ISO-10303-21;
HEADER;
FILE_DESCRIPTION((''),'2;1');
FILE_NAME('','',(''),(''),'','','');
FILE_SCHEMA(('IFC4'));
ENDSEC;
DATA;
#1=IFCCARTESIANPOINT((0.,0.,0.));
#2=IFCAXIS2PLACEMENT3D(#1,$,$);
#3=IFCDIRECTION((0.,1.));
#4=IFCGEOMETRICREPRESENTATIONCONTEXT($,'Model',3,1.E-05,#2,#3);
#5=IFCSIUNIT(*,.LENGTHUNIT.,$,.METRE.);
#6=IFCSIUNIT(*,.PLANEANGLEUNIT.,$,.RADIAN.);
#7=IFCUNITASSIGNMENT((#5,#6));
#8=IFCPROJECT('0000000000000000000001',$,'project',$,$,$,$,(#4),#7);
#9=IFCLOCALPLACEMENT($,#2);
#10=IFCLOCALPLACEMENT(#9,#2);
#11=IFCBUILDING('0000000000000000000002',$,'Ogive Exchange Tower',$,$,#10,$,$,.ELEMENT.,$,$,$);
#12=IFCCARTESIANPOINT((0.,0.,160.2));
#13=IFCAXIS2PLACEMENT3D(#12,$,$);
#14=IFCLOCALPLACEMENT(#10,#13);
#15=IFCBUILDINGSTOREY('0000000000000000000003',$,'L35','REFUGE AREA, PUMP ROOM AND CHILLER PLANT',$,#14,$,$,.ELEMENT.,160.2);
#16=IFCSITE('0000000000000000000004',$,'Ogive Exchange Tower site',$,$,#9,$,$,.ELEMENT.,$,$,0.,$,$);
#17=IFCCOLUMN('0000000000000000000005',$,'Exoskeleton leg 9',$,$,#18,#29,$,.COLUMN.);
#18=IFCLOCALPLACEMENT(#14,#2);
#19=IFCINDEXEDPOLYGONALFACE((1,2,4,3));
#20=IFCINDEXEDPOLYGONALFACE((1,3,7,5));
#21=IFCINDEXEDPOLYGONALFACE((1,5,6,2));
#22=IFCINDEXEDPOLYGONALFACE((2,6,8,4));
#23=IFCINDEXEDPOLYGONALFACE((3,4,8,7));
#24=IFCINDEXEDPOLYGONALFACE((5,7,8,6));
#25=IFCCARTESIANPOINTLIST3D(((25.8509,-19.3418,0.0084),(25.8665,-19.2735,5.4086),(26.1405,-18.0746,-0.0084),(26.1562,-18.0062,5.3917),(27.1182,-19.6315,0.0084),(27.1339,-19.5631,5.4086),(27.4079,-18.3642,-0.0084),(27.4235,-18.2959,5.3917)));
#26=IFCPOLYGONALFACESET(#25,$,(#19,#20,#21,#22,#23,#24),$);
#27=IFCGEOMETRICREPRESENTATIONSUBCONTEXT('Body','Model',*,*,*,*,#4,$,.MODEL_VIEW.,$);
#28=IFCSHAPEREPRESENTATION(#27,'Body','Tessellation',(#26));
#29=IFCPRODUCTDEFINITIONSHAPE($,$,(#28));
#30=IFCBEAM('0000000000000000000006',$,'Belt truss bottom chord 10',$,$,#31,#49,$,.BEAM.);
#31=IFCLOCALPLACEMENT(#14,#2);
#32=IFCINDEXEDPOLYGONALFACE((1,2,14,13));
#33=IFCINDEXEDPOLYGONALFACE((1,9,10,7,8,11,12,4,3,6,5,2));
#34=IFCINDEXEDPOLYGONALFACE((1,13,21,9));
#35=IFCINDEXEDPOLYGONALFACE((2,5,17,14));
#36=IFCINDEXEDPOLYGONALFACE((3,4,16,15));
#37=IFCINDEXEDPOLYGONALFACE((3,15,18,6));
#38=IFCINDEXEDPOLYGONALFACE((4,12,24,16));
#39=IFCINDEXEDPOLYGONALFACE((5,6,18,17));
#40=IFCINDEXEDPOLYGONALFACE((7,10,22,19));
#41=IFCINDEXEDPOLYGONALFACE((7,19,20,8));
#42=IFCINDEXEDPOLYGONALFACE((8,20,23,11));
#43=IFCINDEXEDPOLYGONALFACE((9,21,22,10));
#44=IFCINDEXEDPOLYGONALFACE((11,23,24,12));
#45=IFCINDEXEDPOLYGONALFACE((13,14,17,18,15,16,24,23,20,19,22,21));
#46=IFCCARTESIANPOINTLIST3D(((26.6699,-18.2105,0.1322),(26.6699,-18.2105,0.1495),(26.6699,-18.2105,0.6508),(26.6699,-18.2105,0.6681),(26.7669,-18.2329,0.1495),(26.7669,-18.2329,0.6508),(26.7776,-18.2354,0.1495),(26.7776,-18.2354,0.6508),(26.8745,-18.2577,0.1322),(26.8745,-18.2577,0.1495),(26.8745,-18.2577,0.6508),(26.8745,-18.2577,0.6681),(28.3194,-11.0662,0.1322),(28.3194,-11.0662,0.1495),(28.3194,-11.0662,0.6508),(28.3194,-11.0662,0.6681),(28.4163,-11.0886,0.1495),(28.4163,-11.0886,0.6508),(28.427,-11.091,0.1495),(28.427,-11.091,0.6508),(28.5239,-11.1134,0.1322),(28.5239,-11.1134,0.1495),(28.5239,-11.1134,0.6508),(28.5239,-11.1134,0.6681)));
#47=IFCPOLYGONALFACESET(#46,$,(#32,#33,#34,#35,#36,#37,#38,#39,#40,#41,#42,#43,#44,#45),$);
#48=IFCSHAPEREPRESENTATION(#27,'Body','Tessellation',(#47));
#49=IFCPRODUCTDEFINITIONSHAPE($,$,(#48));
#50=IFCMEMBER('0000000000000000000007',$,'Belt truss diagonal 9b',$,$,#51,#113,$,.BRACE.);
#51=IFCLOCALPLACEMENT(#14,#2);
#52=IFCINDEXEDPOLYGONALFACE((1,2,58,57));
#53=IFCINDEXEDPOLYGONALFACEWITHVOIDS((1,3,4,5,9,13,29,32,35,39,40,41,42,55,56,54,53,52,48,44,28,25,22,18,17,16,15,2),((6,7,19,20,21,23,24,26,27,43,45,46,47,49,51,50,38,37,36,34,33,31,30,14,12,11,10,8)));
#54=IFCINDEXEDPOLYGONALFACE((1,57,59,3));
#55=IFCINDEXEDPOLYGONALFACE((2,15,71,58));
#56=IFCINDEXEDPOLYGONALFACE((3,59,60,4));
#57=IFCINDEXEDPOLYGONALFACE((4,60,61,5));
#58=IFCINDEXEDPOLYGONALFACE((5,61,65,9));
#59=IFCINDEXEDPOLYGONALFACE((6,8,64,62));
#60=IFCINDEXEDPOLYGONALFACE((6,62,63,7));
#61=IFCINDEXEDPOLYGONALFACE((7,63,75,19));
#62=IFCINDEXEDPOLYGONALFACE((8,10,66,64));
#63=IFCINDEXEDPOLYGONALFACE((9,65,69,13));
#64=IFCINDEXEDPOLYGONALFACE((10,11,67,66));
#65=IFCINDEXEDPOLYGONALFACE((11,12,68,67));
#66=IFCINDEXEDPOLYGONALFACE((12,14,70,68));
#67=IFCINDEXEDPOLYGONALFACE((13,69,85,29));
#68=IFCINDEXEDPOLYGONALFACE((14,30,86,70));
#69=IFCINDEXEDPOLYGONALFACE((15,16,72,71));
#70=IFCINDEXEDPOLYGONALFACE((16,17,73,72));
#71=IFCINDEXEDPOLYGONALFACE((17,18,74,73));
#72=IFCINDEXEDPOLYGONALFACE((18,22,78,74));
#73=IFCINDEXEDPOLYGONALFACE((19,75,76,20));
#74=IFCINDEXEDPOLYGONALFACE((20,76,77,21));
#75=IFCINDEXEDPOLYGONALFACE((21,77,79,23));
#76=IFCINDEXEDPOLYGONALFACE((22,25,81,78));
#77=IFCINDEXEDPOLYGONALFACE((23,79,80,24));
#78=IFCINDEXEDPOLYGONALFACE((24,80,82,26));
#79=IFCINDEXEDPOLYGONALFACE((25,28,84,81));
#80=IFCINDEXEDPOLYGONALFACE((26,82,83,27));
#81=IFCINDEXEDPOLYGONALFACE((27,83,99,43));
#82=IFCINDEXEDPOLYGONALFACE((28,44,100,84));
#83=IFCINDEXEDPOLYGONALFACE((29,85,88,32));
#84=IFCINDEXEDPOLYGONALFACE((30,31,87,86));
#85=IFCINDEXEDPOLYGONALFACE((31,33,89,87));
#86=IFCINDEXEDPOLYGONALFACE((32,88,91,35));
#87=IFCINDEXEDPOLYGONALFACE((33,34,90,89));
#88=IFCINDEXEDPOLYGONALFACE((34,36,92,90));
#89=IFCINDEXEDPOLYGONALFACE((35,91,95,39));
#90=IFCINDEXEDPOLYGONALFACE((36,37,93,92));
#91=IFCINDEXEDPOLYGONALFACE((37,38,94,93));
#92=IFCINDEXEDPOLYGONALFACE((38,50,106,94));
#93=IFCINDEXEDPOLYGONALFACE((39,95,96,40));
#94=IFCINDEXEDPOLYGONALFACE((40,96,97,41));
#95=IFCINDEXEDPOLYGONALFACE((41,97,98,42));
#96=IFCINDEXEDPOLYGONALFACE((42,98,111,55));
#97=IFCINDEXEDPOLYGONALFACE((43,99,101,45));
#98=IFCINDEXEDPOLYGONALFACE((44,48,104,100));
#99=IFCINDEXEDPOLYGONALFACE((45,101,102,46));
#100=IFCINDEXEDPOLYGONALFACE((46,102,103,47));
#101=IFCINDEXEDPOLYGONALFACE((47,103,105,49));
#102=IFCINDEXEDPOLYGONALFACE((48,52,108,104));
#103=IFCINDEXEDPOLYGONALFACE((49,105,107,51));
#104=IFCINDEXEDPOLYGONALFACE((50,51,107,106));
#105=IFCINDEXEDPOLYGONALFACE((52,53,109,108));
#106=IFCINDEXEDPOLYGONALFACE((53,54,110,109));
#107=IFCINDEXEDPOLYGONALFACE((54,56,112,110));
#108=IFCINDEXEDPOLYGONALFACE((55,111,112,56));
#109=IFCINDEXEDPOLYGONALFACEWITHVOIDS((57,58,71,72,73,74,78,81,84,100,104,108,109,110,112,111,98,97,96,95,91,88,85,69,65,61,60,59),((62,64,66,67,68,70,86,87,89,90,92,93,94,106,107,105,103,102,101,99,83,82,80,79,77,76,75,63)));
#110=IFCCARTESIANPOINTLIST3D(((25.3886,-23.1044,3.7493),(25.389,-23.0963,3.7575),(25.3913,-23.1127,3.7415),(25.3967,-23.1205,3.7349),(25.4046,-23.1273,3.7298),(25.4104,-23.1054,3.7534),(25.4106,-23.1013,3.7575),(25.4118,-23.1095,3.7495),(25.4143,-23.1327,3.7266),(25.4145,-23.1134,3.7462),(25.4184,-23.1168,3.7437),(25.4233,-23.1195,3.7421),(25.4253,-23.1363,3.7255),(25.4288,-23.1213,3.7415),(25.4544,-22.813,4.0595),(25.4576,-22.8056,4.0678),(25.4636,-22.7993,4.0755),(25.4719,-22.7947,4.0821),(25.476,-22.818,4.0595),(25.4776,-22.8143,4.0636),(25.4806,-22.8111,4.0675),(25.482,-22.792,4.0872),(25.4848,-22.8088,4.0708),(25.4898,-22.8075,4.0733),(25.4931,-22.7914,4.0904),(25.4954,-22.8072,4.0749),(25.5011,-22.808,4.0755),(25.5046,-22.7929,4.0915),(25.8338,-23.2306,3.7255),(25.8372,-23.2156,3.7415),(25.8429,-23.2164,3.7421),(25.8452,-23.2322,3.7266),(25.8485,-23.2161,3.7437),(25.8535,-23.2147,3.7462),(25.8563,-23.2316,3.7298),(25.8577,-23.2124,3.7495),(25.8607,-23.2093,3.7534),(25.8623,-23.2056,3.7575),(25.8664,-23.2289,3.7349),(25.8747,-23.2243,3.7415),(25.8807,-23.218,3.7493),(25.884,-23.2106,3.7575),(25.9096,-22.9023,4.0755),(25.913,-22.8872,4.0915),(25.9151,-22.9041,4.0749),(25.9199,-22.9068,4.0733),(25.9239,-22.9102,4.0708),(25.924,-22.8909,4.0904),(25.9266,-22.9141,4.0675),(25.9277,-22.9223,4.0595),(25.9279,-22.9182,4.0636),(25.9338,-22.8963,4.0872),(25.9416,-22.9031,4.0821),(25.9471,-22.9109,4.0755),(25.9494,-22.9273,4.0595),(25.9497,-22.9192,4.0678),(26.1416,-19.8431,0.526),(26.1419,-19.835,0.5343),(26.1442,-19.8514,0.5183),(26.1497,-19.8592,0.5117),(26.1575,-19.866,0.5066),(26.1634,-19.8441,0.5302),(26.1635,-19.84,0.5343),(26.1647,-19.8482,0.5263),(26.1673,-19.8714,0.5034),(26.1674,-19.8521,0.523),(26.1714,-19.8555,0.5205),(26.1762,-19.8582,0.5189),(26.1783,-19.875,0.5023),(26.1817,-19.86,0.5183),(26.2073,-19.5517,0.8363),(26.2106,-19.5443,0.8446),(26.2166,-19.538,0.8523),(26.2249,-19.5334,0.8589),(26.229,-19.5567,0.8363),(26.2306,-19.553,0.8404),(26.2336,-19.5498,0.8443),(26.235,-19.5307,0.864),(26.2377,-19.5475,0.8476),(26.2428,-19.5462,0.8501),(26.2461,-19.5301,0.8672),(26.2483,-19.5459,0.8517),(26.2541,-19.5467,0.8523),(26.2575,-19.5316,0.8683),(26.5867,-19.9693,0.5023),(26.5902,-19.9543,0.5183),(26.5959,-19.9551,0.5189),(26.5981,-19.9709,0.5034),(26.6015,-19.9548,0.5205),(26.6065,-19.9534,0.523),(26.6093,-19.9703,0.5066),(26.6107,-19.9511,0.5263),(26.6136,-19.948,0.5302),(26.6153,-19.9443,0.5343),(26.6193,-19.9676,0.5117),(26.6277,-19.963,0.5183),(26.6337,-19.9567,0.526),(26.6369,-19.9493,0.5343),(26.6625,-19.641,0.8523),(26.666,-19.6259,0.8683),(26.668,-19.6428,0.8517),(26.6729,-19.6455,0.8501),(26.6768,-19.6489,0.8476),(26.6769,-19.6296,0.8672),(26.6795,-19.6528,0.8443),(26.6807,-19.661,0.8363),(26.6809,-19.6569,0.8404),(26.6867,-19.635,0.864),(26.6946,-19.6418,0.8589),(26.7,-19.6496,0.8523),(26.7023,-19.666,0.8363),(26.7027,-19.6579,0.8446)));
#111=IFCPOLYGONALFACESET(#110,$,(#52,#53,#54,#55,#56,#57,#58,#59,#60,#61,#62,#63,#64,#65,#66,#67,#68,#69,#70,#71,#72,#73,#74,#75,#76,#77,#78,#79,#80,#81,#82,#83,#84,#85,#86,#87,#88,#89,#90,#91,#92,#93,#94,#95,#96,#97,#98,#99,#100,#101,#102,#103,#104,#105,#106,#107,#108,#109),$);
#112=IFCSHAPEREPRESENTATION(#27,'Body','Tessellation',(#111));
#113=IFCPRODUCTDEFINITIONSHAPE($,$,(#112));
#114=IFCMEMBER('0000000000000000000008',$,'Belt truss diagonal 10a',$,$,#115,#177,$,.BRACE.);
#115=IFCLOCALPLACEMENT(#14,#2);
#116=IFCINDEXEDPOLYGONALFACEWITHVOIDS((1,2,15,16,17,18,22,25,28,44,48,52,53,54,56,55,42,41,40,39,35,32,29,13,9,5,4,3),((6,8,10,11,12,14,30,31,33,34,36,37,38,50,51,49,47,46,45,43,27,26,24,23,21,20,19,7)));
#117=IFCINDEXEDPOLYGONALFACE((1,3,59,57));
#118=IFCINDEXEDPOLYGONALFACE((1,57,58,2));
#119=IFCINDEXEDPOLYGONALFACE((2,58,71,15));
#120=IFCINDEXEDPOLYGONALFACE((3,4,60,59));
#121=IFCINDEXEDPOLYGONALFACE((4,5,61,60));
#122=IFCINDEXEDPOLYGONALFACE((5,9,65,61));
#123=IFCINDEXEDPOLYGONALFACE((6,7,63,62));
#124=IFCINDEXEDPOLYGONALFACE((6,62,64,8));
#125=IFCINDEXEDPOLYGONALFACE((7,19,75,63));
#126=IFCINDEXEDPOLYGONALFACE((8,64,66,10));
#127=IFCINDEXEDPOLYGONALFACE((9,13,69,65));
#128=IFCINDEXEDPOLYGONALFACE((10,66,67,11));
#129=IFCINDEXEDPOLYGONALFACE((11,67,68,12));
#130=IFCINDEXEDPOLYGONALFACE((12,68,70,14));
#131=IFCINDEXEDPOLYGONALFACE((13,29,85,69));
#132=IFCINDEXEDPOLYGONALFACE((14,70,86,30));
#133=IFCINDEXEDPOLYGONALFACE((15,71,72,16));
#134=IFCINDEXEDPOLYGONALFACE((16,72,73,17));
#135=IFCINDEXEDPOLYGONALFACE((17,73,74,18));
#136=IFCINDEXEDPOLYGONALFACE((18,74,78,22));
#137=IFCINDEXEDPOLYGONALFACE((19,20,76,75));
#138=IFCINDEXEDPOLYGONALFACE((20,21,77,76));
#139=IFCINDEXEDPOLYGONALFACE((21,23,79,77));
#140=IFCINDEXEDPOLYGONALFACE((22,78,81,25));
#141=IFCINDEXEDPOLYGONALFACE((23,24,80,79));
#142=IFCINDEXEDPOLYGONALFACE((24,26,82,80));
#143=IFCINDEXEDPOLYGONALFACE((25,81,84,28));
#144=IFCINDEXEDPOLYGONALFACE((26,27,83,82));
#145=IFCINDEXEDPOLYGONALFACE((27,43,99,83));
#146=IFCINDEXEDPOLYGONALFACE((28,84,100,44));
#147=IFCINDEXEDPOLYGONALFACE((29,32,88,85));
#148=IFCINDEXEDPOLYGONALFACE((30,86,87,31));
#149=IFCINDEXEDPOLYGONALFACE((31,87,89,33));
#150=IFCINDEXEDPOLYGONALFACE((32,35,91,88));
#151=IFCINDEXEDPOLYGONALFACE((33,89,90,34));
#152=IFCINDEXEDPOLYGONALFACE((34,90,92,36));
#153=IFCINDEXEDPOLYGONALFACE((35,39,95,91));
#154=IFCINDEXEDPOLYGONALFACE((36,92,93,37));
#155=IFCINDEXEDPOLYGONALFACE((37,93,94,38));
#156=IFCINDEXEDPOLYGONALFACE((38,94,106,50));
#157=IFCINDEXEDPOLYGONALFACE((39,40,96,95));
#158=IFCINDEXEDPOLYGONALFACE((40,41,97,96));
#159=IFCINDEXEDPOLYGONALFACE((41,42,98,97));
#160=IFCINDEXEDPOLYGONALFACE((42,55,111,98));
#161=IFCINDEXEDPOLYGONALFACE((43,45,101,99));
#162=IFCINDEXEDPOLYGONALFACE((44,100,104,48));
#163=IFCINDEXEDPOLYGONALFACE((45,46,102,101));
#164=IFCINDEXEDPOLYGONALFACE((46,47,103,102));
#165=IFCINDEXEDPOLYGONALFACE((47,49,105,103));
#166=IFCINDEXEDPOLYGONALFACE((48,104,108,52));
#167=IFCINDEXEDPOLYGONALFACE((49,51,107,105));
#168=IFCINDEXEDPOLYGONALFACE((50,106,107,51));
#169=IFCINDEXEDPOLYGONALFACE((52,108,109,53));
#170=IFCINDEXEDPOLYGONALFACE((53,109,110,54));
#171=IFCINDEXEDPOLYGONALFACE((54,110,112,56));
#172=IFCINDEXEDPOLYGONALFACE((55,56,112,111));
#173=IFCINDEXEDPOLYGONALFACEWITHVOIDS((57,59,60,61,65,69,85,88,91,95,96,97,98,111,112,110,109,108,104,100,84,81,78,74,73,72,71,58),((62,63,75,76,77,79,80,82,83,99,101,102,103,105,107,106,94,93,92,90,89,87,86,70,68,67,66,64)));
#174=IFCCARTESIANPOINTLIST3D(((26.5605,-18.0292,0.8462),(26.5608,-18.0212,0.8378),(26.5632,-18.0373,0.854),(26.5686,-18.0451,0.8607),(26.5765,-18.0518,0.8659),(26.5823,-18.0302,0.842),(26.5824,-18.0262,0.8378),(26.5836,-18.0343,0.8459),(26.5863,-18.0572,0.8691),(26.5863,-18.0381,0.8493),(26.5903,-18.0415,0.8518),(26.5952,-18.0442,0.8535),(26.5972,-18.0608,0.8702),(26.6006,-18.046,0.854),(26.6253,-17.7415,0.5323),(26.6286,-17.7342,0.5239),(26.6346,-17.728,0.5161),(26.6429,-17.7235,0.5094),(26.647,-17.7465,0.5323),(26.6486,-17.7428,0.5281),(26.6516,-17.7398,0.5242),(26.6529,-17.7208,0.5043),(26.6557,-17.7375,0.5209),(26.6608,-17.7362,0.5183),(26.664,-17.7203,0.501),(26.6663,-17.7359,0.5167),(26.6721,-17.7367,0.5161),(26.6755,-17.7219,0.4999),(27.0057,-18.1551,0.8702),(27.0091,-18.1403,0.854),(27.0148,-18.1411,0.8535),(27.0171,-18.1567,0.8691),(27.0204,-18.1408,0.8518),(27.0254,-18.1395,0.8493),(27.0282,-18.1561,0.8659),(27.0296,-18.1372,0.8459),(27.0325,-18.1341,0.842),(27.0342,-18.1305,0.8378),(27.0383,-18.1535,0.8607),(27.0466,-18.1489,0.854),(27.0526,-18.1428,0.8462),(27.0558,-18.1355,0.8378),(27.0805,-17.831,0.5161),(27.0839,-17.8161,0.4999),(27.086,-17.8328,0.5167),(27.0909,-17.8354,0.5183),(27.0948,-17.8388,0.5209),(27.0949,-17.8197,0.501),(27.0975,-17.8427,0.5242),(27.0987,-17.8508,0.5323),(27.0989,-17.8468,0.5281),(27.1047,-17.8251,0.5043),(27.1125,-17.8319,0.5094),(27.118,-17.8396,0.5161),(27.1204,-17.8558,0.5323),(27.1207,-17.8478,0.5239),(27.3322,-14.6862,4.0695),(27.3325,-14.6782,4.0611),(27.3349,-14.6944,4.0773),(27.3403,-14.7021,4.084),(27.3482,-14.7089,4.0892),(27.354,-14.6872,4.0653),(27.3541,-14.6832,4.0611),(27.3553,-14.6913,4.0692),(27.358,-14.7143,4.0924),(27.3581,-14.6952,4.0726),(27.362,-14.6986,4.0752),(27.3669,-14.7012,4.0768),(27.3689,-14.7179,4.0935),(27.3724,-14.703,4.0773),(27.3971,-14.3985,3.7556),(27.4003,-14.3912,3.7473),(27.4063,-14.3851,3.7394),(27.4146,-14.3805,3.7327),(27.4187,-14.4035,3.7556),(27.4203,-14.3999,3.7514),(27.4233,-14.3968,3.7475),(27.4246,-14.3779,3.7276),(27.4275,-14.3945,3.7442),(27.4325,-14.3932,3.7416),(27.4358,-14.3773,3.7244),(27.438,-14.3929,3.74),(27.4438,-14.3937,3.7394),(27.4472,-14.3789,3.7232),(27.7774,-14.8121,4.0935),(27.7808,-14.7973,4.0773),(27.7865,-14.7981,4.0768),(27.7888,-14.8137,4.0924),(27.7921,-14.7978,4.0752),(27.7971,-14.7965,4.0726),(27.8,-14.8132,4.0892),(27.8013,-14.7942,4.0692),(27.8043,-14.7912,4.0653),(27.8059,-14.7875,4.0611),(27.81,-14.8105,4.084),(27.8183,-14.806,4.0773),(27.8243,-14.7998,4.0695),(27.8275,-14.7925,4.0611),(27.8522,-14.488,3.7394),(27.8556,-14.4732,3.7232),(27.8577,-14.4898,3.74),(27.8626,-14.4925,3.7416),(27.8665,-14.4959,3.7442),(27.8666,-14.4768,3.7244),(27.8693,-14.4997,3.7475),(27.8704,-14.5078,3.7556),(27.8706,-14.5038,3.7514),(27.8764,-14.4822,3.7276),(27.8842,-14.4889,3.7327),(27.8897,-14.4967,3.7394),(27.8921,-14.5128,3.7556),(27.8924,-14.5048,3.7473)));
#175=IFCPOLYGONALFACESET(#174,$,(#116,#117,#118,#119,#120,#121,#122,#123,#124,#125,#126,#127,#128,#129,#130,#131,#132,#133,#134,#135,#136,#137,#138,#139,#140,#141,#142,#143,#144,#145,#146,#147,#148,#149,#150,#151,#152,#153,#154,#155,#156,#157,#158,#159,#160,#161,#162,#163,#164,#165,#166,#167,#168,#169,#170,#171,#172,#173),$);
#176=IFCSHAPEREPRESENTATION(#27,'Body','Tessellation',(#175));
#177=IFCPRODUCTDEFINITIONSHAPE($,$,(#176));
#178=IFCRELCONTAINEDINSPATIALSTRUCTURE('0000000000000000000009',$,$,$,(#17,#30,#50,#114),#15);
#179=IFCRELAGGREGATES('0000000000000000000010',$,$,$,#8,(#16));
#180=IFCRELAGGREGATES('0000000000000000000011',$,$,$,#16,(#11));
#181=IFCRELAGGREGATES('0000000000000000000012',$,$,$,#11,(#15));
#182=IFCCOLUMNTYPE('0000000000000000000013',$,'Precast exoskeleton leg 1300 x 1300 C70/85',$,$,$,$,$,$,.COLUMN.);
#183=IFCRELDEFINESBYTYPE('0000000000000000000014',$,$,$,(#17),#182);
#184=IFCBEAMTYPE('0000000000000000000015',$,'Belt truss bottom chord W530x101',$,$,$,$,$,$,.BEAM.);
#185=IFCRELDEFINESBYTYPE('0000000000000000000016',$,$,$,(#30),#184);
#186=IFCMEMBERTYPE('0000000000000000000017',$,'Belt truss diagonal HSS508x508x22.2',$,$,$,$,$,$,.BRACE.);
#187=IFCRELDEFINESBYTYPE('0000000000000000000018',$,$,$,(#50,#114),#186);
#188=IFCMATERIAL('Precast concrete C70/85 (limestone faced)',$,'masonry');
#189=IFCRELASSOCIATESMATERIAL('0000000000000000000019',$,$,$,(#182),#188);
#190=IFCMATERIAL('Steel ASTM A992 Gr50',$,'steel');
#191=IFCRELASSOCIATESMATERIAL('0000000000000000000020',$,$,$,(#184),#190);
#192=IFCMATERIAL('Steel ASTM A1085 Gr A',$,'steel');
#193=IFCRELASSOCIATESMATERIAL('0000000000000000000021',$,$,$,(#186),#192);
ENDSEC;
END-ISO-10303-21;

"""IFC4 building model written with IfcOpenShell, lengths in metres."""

from ifc_helpers import new_model, si_unit, direction, frame, origin, origin_2d, place, context, subcontext, project, spatial, rectangle, hollow_rectangle, i_section, extrude, material, material_profile, profile_set, type_object, element, save


model = new_model("IFC4")

# Units and contexts
model_context = context("Model", 3, precision=1e-05, world=origin(), true_north=direction((0.0, 1.0)))
body_context = subcontext(model_context, "Body", "Model", "MODEL_VIEW")
ifc_project = project(units=[si_unit("LENGTHUNIT", "METRE"), si_unit("PLANEANGLEUNIT", "RADIAN")], contexts=[model_context])

# Site, building, storey
site_placement = place(None, origin())
site = spatial("IfcSite", under=ifc_project, at=site_placement, Name="Ogive Exchange Tower site", CompositionType="ELEMENT", RefElevation=0.0)
building_placement = place(site_placement, origin())
building = spatial("IfcBuilding", under=site, at=building_placement, Name="Ogive Exchange Tower", CompositionType="ELEMENT")
storey_placement = place(building_placement, frame((0.0, 0.0, 160.2)))
storey = spatial("IfcBuildingStorey", under=building, at=storey_placement, Name="L35", Description="REFUGE AREA, PUMP ROOM AND CHILLER PLANT", CompositionType="ELEMENT", Elevation=160.2)

# Column
ifc_material_1 = material(Name="Precast concrete C70/85 (limestone faced)", Category="masonry")
ifc_material_profile_1 = material_profile(ifc_material_1, rectangle(XDim=1.3, YDim=1.3, at=origin_2d()), Name="1300 x 1300")
ifc_profile_set_1 = profile_set([ifc_material_profile_1], Name="Precast concrete C70/85 (limestone faced)")
column_type = type_object("IfcColumnType", Name="Precast exoskeleton leg 1300 x 1300 C70/85", PredefinedType="COLUMN", material=ifc_profile_set_1)
column_placement = place(storey_placement, frame((26.6294, -18.853, 0.0), z_axis=(0.002893, 0.012658, 0.999916), x_axis=(-0.974859, 0.222825, 0.0)))
element("IfcColumn", 1, at=column_placement, inside=storey, type_object=column_type, Name="Exoskeleton leg 9", PredefinedType="COLUMN", context=body_context, shape_type="SweptSolid", body=[
    extrude(rectangle(XDim=1.3, YDim=1.3, at=origin_2d()), origin(), (0.0, 0.0, 1.0), 5.4006),
])

# Beam
ifc_material_2 = material(Name="Steel ASTM A992 Gr50", Category="steel")
ifc_material_profile_2 = material_profile(ifc_material_2, i_section(OverallWidth=0.21, OverallDepth=0.5359, WebThickness=0.011, FlangeThickness=0.0173, at=origin_2d()), Name="W530x101")
ifc_profile_set_2 = profile_set([ifc_material_profile_2], Name="Steel ASTM A992 Gr50")
beam_type_1 = type_object("IfcBeamType", Name="Belt truss bottom chord W530x101", PredefinedType="BEAM", material=ifc_profile_set_2)
beam_1_placement = place(storey_placement, frame((26.7722, -18.2341, 0.4001), z_axis=(0.224954, 0.974369, 0.0), x_axis=(-0.974369, 0.224954, 0.0)))
element("IfcBeam", 2, at=beam_1_placement, inside=storey, type_object=beam_type_1, Name="Belt truss bottom chord 10", PredefinedType="BEAM", context=body_context, shape_type="SweptSolid", body=[
    extrude(i_section(OverallWidth=0.21, OverallDepth=0.5359, WebThickness=0.011, FlangeThickness=0.0173, at=origin_2d()), origin(), (0.0, 0.0, 1.0), 7.3323),
])

# Members
ifc_material_3 = material(Name="Steel ASTM A1085 Gr A", Category="steel")
ifc_material_profile_3 = material_profile(ifc_material_3, hollow_rectangle(XDim=0.5081, YDim=0.5081, WallThickness=0.0222, InnerFilletRadius=0.0222, OuterFilletRadius=0.0444, at=origin_2d()), Name="HSS508x508x22.2")
ifc_profile_set_3 = profile_set([ifc_material_profile_3], Name="Steel ASTM A1085 Gr A")
member_type_1 = type_object("IfcMemberType", Name="Belt truss diagonal HSS508x508x22.2", PredefinedType="BRACE", material=ifc_profile_set_3)
member_1_placement = place(storey_placement, frame((26.4221, -19.7505, 0.6853), z_axis=(-0.162038, -0.701848, 0.693652), x_axis=(0.974369, -0.224955, 0.0)))
element("IfcMember", 3, at=member_1_placement, inside=storey, type_object=member_type_1, Name="Belt truss diagonal 9b", PredefinedType="BRACE", context=body_context, shape_type="SweptSolid", body=[
    extrude(hollow_rectangle(XDim=0.5081, YDim=0.5081, WallThickness=0.0222, InnerFilletRadius=0.0222, OuterFilletRadius=0.0444, at=origin_2d()), origin(), (0.0, 0.0, 1.0), 4.6467),
])
member_2_placement = place(storey_placement, frame((26.8406, -17.9385, 0.6851), z_axis=(0.163932, 0.710131, 0.684719), x_axis=(-0.974374, 0.224932, 0.0)))
element("IfcMember", 4, at=member_2_placement, inside=storey, type_object=member_type_1, Name="Belt truss diagonal 10a", PredefinedType="BRACE", context=body_context, shape_type="SweptSolid", body=[
    extrude(hollow_rectangle(XDim=0.5081, YDim=0.5081, WallThickness=0.0222, InnerFilletRadius=0.0222, OuterFilletRadius=0.0444, at=origin_2d()), origin(), (0.0, 0.0, 1.0), 4.7075),
])

save(model, "model.ifc")
